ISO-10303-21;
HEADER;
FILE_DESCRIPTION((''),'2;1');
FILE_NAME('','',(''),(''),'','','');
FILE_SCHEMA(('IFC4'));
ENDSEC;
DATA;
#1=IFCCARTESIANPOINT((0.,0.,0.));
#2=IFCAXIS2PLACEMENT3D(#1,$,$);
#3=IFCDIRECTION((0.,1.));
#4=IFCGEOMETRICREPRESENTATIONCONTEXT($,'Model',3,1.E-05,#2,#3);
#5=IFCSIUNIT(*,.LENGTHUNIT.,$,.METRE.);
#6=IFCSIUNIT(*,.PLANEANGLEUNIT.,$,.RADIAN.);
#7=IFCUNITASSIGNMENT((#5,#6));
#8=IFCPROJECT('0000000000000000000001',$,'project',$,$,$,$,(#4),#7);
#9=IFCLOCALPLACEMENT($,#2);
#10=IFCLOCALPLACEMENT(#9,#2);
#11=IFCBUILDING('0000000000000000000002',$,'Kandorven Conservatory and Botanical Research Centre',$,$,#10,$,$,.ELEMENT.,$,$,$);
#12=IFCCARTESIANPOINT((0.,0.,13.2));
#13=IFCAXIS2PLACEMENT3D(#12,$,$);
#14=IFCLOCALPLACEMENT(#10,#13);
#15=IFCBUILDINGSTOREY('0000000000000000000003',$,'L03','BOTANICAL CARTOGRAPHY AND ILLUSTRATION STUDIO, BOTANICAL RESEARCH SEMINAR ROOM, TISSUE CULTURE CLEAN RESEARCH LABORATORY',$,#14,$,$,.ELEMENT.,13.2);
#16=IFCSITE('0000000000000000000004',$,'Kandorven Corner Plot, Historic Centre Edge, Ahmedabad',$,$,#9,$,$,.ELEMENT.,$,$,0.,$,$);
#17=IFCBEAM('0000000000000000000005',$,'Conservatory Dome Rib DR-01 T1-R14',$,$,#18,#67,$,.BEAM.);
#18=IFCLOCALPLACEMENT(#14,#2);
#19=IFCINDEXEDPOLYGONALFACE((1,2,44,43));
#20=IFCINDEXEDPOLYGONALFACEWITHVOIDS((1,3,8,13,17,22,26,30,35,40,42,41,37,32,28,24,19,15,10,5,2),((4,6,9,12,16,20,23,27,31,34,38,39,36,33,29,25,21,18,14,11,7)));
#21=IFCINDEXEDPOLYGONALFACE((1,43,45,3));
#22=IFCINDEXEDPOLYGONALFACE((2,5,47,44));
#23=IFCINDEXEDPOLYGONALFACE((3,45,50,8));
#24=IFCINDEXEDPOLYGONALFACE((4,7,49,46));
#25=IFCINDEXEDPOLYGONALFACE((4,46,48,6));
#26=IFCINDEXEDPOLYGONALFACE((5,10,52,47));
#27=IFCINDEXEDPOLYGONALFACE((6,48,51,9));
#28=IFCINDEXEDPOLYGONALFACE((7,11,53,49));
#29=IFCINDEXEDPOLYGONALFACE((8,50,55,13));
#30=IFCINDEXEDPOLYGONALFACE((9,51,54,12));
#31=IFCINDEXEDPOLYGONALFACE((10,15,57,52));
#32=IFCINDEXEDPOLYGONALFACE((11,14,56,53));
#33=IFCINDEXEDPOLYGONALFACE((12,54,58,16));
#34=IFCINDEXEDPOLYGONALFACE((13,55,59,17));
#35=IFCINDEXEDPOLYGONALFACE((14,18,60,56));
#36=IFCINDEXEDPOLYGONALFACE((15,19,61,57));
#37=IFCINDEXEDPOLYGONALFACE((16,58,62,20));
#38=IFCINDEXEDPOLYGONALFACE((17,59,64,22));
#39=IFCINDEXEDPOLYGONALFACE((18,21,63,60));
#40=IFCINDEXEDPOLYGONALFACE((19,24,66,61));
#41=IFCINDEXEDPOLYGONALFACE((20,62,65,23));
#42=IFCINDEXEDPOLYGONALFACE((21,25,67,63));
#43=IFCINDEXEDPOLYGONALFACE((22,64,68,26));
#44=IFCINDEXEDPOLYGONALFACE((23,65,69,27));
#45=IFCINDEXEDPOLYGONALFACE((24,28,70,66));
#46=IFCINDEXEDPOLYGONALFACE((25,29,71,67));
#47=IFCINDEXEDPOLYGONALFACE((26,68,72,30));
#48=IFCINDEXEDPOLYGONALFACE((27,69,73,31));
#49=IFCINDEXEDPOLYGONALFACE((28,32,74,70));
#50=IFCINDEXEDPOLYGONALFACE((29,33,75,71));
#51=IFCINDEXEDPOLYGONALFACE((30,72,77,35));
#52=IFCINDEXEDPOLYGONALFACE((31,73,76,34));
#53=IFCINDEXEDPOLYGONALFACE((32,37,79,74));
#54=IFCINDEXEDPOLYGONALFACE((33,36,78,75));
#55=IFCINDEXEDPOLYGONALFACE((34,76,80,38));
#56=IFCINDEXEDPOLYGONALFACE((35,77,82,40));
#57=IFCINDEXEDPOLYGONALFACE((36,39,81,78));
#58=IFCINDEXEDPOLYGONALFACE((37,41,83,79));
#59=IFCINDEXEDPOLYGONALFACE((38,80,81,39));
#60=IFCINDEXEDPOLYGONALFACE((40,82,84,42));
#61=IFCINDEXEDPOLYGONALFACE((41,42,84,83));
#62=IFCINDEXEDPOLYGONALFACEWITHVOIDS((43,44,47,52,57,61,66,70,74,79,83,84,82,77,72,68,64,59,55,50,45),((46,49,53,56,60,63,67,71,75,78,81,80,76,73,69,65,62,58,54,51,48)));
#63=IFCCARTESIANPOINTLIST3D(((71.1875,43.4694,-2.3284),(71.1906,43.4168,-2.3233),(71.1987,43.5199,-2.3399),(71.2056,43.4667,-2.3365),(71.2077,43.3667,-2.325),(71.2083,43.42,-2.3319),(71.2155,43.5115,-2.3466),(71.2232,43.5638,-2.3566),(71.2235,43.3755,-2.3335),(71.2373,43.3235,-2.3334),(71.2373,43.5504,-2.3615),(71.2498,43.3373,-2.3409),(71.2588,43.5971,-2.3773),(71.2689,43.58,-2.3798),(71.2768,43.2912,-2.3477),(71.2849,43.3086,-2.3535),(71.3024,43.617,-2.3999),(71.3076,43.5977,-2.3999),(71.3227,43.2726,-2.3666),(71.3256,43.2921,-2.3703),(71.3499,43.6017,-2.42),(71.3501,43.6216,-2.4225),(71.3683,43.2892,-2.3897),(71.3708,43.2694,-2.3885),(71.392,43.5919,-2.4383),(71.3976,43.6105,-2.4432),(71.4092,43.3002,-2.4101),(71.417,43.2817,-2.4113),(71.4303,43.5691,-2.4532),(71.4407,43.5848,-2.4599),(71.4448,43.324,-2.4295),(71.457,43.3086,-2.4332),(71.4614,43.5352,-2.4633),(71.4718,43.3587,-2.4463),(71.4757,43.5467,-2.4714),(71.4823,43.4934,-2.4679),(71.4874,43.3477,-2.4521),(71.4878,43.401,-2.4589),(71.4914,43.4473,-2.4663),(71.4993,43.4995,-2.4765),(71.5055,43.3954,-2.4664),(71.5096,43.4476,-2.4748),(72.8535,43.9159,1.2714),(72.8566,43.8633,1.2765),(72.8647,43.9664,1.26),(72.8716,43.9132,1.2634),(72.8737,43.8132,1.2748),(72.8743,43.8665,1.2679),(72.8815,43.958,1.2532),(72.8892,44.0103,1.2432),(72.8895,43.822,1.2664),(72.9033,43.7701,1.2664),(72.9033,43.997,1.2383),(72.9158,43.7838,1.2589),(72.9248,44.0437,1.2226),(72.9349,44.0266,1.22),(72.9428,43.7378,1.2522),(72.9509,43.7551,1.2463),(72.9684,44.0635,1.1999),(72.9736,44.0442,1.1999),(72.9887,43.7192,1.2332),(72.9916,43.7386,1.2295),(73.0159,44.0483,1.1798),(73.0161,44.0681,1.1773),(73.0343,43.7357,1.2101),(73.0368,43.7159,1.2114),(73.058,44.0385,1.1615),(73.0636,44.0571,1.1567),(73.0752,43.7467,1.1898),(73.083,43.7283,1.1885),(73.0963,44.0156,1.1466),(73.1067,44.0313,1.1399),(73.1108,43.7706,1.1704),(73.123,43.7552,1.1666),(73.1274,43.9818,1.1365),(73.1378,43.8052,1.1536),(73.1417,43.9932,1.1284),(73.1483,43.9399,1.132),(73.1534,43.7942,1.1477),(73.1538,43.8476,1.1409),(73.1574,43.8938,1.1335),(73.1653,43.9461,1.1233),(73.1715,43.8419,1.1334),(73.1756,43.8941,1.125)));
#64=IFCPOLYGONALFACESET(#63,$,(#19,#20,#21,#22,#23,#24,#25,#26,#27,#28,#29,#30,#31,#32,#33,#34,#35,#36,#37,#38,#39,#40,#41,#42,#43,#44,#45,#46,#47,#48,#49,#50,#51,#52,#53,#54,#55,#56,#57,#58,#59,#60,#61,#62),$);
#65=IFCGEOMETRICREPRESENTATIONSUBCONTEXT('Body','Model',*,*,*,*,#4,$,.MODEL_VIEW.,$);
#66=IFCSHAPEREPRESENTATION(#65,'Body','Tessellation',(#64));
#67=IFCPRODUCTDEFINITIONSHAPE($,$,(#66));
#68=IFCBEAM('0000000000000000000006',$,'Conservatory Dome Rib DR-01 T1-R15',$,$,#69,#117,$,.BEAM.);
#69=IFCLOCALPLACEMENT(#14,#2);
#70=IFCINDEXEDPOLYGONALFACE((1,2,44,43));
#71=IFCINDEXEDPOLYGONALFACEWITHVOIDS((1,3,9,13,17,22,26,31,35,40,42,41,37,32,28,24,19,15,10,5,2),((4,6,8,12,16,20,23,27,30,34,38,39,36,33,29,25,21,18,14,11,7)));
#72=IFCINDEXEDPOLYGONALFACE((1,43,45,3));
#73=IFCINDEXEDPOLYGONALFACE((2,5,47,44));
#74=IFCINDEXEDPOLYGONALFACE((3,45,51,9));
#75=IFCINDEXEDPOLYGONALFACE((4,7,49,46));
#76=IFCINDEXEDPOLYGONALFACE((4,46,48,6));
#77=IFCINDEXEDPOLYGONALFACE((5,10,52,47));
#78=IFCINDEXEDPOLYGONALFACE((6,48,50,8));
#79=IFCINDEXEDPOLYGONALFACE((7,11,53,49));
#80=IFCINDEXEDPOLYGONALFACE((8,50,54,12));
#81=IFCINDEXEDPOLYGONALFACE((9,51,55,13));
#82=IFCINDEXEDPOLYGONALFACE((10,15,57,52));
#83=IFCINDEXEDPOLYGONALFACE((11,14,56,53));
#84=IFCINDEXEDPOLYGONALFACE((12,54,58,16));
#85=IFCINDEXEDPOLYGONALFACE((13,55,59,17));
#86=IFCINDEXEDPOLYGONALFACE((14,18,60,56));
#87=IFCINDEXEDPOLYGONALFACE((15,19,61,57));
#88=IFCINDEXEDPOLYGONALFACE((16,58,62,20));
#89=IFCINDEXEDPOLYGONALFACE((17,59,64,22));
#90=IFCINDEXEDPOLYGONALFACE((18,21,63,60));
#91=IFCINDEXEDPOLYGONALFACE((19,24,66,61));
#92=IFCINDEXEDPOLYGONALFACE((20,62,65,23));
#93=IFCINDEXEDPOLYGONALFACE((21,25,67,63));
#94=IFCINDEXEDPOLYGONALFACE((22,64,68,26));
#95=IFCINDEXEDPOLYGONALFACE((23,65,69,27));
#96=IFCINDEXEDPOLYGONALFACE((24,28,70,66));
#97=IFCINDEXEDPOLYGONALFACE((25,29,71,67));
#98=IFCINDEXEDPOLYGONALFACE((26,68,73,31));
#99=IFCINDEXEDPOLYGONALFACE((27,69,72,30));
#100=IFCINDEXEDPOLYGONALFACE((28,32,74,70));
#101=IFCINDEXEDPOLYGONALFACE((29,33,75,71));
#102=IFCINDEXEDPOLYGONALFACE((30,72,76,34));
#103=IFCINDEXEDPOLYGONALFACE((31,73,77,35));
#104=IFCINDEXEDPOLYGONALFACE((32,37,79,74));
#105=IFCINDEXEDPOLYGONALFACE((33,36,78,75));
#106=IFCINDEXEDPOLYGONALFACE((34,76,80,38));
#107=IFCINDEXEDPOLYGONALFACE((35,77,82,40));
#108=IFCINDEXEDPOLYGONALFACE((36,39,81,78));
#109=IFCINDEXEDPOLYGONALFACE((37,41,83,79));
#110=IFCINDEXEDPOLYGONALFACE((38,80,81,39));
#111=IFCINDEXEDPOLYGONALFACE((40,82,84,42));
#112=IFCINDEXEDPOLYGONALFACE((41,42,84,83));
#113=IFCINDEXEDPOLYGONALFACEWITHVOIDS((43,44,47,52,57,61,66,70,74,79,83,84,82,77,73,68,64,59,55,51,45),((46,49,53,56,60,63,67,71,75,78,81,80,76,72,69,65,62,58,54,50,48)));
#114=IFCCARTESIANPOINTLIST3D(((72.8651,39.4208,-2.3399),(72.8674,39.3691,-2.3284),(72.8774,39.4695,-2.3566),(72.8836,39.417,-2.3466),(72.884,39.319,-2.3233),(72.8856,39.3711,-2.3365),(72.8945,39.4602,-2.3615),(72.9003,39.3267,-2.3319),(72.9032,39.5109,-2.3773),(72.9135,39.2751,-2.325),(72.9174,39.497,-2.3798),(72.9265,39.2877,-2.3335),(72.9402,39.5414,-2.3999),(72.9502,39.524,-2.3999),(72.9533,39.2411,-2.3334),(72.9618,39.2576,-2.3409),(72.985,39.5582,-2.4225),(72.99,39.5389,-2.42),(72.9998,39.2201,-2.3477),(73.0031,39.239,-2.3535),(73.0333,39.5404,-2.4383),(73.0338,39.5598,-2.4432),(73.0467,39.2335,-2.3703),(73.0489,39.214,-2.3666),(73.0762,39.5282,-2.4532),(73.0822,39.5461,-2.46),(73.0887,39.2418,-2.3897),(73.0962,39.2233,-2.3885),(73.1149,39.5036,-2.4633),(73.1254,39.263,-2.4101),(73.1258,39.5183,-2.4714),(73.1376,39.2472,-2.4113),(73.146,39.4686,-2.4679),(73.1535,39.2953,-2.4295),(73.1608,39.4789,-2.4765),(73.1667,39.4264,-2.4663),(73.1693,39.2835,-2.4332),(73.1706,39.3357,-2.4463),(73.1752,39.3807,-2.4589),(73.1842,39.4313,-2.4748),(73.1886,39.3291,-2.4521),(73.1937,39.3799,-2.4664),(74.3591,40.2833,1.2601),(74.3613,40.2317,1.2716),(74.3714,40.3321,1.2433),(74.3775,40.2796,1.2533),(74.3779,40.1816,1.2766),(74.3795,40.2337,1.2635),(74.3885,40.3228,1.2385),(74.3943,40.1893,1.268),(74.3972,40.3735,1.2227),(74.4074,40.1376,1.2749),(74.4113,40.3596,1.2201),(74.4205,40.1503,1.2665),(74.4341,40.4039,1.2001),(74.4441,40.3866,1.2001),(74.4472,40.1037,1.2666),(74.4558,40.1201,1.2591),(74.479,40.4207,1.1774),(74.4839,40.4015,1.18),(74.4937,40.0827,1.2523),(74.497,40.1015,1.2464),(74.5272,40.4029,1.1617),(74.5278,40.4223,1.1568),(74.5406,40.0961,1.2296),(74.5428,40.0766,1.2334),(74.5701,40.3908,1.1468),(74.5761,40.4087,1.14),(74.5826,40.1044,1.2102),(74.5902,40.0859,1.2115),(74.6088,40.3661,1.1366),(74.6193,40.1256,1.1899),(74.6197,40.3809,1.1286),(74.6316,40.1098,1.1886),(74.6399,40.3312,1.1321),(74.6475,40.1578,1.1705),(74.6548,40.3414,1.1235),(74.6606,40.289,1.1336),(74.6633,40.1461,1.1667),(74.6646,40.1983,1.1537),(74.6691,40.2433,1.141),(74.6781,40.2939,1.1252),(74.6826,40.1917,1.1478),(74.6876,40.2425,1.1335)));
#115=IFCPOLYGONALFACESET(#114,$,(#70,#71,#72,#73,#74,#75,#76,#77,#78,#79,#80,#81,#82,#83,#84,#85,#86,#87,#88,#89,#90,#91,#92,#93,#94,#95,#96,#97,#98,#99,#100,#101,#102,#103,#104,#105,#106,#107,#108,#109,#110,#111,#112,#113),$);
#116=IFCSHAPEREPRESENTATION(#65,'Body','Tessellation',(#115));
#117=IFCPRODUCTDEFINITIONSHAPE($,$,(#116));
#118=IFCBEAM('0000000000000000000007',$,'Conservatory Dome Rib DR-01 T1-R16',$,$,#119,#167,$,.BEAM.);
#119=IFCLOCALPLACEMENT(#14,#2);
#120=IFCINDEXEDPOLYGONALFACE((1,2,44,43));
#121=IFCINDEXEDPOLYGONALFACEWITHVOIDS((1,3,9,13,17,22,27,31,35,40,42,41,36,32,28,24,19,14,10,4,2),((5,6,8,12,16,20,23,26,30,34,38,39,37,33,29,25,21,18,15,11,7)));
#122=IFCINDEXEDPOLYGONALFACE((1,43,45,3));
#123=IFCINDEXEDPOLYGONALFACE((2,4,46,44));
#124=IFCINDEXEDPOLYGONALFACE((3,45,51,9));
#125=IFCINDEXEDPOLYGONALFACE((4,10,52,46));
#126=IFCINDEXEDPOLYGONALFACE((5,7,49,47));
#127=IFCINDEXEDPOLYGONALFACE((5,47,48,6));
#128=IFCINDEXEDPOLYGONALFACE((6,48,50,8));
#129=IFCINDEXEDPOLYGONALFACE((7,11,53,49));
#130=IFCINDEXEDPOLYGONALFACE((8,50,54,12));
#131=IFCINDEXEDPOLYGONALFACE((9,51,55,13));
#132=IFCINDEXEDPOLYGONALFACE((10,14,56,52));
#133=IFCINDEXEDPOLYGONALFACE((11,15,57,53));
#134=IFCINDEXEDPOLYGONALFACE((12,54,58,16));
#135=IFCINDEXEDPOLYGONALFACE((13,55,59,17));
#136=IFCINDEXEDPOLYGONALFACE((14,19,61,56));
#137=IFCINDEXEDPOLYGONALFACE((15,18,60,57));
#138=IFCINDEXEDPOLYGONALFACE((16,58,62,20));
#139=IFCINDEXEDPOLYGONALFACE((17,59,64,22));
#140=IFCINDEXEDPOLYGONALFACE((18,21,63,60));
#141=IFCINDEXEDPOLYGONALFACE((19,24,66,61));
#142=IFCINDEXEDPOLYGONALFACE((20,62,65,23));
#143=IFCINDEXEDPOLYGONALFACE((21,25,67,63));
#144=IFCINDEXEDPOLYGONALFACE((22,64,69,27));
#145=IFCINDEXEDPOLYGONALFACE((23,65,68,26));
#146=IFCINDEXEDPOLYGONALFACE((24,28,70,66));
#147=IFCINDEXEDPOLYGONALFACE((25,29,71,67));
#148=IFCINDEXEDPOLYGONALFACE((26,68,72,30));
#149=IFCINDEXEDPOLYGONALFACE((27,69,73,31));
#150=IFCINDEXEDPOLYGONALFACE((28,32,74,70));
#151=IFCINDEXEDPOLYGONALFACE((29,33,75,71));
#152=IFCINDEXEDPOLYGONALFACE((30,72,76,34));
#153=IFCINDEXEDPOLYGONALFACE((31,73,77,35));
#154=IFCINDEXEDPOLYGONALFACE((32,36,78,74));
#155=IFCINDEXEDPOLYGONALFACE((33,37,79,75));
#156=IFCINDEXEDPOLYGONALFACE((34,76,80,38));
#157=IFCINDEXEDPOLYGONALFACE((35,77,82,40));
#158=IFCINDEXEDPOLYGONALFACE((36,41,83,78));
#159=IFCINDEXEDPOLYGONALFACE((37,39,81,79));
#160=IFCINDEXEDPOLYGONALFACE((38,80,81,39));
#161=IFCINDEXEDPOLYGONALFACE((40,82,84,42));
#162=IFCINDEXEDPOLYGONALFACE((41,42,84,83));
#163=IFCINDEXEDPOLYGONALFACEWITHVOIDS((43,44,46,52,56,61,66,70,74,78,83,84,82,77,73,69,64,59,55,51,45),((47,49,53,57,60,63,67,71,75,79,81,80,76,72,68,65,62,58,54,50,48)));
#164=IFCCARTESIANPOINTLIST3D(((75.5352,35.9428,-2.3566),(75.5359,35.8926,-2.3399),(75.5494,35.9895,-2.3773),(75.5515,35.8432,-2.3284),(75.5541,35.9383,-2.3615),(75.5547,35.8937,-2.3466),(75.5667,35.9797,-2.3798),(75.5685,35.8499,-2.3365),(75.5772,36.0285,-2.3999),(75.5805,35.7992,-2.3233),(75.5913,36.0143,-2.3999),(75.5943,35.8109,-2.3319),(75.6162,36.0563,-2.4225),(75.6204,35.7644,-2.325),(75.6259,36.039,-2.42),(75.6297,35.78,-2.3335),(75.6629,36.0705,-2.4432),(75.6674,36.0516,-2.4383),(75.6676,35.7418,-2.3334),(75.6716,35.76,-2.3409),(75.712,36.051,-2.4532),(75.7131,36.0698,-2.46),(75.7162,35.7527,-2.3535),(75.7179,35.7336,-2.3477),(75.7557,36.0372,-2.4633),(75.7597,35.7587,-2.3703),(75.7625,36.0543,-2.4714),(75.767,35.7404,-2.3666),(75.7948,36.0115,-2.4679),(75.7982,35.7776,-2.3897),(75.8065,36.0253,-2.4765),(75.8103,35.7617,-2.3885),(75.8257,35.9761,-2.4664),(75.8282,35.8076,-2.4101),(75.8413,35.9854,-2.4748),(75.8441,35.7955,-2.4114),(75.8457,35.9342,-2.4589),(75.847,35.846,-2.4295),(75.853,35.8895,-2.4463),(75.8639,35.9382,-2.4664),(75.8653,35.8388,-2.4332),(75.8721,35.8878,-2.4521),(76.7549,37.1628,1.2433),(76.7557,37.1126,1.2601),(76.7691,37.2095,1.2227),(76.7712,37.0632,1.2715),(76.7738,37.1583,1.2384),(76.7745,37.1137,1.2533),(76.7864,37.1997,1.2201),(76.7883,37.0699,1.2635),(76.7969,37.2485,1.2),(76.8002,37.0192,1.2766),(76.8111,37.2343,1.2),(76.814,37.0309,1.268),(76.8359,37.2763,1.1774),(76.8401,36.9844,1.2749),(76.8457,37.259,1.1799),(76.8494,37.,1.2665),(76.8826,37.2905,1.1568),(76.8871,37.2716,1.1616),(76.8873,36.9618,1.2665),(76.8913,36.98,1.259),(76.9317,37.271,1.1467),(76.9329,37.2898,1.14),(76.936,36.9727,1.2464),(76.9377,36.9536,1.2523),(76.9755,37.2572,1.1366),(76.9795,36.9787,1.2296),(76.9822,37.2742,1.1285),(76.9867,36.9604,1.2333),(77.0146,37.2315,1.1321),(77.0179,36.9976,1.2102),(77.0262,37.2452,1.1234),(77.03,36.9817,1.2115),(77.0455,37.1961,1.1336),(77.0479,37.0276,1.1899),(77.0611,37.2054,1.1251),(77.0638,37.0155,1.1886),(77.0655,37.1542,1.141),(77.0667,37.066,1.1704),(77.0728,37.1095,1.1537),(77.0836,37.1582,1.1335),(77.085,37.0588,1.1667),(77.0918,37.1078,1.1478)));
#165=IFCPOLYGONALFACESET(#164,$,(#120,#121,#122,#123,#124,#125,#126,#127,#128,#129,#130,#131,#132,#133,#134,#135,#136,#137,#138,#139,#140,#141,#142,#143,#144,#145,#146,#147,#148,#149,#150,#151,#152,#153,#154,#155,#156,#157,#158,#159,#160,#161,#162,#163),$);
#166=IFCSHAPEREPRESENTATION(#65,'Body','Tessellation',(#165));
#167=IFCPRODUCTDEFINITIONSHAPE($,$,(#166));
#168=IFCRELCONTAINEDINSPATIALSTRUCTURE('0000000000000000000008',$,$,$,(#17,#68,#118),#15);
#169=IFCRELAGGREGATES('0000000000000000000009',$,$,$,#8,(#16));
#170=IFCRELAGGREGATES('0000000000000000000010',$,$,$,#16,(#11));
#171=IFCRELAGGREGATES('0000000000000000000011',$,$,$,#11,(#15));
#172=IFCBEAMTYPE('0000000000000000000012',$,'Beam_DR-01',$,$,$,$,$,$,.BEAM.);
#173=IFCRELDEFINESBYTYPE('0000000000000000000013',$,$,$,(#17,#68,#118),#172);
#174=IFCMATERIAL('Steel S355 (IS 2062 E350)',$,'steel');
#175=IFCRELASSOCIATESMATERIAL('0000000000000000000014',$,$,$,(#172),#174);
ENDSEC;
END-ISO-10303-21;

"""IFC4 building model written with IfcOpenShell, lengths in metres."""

from ifc_helpers import new_model, si_unit, direction, frame, origin, origin_2d, place, context, subcontext, project, spatial, hollow_circle, extrude, material, material_profile, profile_set, type_object, element, save


model = new_model("IFC4")

# Units and contexts
model_context = context("Model", 3, precision=1e-05, world=origin(), true_north=direction((0.0, 1.0)))
body_context = subcontext(model_context, "Body", "Model", "MODEL_VIEW")
ifc_project = project(units=[si_unit("LENGTHUNIT", "METRE"), si_unit("PLANEANGLEUNIT", "RADIAN")], contexts=[model_context])

# Site, building, storey
site_placement = place(None, origin())
site = spatial("IfcSite", under=ifc_project, at=site_placement, Name="Kandorven Corner Plot, Historic Centre Edge, Ahmedabad", CompositionType="ELEMENT", RefElevation=0.0)
building_placement = place(site_placement, origin())
building = spatial("IfcBuilding", under=site, at=building_placement, Name="Kandorven Conservatory and Botanical Research Centre", CompositionType="ELEMENT")
storey_placement = place(building_placement, frame((0.0, 0.0, 13.2)))
storey = spatial("IfcBuildingStorey", under=building, at=storey_placement, Name="L03", Description="BOTANICAL CARTOGRAPHY AND ILLUSTRATION STUDIO, BOTANICAL RESEARCH SEMINAR ROOM, TISSUE CULTURE CLEAN RESEARCH LABORATORY", CompositionType="ELEMENT", Elevation=13.2)

# Beams
ifc_material_1 = material(Name="Steel S355 (IS 2062 E350)", Category="steel")
ifc_material_profile_1 = material_profile(ifc_material_1, hollow_circle(Radius=0.1777, WallThickness=0.02, at=origin_2d()))
ifc_profile_set_1 = profile_set([ifc_material_profile_1], Name="Steel S355 (IS 2062 E350)")
beam_type_1 = type_object("IfcBeamType", Name="Beam_DR-01", PredefinedType="BEAM", material=ifc_profile_set_1)
beam_placement = place(storey_placement, frame((71.3484, 43.4453, -2.3999), z_axis=(0.417366, 0.111864, 0.901827), x_axis=(-0.258887, 0.965908, 0.0)))
element("IfcBeam", 1, at=beam_placement, inside=storey, type_object=beam_type_1, Name="Conservatory Dome Rib DR-01 T1-R14", PredefinedType="BEAM", context=body_context, shape_type="SweptSolid", body=[
    extrude(hollow_circle(Radius=0.1777, WallThickness=0.02, at=origin_2d()), origin(), (0.0, 0.0, 1.0), 3.9917),
])
for number, where, z_axis, x_axis, name in (
    (2, (73.0291, 39.3875, -2.3999), (0.374239, 0.216079, 0.901807), (-0.500021, 0.866014, 0.0), "Conservatory Dome Rib DR-01 T1-R15"),
    (3, (75.7029, 35.9028, -2.3999), (0.305553, 0.305614, 0.901797), (-0.707178, 0.707036, 0.0), "Conservatory Dome Rib DR-01 T1-R16"),
):
    element("IfcBeam", number, at=place(storey_placement, frame(where, z_axis=z_axis, x_axis=x_axis)), inside=storey, type_object=beam_type_1, Name=name, PredefinedType="BEAM", context=body_context, shape_type="SweptSolid", body=[
        extrude(hollow_circle(Radius=0.1777, WallThickness=0.02, at=origin_2d()), origin(), (0.0, 0.0, 1.0), 3.9919),
    ])

save(model, "model.ifc")
